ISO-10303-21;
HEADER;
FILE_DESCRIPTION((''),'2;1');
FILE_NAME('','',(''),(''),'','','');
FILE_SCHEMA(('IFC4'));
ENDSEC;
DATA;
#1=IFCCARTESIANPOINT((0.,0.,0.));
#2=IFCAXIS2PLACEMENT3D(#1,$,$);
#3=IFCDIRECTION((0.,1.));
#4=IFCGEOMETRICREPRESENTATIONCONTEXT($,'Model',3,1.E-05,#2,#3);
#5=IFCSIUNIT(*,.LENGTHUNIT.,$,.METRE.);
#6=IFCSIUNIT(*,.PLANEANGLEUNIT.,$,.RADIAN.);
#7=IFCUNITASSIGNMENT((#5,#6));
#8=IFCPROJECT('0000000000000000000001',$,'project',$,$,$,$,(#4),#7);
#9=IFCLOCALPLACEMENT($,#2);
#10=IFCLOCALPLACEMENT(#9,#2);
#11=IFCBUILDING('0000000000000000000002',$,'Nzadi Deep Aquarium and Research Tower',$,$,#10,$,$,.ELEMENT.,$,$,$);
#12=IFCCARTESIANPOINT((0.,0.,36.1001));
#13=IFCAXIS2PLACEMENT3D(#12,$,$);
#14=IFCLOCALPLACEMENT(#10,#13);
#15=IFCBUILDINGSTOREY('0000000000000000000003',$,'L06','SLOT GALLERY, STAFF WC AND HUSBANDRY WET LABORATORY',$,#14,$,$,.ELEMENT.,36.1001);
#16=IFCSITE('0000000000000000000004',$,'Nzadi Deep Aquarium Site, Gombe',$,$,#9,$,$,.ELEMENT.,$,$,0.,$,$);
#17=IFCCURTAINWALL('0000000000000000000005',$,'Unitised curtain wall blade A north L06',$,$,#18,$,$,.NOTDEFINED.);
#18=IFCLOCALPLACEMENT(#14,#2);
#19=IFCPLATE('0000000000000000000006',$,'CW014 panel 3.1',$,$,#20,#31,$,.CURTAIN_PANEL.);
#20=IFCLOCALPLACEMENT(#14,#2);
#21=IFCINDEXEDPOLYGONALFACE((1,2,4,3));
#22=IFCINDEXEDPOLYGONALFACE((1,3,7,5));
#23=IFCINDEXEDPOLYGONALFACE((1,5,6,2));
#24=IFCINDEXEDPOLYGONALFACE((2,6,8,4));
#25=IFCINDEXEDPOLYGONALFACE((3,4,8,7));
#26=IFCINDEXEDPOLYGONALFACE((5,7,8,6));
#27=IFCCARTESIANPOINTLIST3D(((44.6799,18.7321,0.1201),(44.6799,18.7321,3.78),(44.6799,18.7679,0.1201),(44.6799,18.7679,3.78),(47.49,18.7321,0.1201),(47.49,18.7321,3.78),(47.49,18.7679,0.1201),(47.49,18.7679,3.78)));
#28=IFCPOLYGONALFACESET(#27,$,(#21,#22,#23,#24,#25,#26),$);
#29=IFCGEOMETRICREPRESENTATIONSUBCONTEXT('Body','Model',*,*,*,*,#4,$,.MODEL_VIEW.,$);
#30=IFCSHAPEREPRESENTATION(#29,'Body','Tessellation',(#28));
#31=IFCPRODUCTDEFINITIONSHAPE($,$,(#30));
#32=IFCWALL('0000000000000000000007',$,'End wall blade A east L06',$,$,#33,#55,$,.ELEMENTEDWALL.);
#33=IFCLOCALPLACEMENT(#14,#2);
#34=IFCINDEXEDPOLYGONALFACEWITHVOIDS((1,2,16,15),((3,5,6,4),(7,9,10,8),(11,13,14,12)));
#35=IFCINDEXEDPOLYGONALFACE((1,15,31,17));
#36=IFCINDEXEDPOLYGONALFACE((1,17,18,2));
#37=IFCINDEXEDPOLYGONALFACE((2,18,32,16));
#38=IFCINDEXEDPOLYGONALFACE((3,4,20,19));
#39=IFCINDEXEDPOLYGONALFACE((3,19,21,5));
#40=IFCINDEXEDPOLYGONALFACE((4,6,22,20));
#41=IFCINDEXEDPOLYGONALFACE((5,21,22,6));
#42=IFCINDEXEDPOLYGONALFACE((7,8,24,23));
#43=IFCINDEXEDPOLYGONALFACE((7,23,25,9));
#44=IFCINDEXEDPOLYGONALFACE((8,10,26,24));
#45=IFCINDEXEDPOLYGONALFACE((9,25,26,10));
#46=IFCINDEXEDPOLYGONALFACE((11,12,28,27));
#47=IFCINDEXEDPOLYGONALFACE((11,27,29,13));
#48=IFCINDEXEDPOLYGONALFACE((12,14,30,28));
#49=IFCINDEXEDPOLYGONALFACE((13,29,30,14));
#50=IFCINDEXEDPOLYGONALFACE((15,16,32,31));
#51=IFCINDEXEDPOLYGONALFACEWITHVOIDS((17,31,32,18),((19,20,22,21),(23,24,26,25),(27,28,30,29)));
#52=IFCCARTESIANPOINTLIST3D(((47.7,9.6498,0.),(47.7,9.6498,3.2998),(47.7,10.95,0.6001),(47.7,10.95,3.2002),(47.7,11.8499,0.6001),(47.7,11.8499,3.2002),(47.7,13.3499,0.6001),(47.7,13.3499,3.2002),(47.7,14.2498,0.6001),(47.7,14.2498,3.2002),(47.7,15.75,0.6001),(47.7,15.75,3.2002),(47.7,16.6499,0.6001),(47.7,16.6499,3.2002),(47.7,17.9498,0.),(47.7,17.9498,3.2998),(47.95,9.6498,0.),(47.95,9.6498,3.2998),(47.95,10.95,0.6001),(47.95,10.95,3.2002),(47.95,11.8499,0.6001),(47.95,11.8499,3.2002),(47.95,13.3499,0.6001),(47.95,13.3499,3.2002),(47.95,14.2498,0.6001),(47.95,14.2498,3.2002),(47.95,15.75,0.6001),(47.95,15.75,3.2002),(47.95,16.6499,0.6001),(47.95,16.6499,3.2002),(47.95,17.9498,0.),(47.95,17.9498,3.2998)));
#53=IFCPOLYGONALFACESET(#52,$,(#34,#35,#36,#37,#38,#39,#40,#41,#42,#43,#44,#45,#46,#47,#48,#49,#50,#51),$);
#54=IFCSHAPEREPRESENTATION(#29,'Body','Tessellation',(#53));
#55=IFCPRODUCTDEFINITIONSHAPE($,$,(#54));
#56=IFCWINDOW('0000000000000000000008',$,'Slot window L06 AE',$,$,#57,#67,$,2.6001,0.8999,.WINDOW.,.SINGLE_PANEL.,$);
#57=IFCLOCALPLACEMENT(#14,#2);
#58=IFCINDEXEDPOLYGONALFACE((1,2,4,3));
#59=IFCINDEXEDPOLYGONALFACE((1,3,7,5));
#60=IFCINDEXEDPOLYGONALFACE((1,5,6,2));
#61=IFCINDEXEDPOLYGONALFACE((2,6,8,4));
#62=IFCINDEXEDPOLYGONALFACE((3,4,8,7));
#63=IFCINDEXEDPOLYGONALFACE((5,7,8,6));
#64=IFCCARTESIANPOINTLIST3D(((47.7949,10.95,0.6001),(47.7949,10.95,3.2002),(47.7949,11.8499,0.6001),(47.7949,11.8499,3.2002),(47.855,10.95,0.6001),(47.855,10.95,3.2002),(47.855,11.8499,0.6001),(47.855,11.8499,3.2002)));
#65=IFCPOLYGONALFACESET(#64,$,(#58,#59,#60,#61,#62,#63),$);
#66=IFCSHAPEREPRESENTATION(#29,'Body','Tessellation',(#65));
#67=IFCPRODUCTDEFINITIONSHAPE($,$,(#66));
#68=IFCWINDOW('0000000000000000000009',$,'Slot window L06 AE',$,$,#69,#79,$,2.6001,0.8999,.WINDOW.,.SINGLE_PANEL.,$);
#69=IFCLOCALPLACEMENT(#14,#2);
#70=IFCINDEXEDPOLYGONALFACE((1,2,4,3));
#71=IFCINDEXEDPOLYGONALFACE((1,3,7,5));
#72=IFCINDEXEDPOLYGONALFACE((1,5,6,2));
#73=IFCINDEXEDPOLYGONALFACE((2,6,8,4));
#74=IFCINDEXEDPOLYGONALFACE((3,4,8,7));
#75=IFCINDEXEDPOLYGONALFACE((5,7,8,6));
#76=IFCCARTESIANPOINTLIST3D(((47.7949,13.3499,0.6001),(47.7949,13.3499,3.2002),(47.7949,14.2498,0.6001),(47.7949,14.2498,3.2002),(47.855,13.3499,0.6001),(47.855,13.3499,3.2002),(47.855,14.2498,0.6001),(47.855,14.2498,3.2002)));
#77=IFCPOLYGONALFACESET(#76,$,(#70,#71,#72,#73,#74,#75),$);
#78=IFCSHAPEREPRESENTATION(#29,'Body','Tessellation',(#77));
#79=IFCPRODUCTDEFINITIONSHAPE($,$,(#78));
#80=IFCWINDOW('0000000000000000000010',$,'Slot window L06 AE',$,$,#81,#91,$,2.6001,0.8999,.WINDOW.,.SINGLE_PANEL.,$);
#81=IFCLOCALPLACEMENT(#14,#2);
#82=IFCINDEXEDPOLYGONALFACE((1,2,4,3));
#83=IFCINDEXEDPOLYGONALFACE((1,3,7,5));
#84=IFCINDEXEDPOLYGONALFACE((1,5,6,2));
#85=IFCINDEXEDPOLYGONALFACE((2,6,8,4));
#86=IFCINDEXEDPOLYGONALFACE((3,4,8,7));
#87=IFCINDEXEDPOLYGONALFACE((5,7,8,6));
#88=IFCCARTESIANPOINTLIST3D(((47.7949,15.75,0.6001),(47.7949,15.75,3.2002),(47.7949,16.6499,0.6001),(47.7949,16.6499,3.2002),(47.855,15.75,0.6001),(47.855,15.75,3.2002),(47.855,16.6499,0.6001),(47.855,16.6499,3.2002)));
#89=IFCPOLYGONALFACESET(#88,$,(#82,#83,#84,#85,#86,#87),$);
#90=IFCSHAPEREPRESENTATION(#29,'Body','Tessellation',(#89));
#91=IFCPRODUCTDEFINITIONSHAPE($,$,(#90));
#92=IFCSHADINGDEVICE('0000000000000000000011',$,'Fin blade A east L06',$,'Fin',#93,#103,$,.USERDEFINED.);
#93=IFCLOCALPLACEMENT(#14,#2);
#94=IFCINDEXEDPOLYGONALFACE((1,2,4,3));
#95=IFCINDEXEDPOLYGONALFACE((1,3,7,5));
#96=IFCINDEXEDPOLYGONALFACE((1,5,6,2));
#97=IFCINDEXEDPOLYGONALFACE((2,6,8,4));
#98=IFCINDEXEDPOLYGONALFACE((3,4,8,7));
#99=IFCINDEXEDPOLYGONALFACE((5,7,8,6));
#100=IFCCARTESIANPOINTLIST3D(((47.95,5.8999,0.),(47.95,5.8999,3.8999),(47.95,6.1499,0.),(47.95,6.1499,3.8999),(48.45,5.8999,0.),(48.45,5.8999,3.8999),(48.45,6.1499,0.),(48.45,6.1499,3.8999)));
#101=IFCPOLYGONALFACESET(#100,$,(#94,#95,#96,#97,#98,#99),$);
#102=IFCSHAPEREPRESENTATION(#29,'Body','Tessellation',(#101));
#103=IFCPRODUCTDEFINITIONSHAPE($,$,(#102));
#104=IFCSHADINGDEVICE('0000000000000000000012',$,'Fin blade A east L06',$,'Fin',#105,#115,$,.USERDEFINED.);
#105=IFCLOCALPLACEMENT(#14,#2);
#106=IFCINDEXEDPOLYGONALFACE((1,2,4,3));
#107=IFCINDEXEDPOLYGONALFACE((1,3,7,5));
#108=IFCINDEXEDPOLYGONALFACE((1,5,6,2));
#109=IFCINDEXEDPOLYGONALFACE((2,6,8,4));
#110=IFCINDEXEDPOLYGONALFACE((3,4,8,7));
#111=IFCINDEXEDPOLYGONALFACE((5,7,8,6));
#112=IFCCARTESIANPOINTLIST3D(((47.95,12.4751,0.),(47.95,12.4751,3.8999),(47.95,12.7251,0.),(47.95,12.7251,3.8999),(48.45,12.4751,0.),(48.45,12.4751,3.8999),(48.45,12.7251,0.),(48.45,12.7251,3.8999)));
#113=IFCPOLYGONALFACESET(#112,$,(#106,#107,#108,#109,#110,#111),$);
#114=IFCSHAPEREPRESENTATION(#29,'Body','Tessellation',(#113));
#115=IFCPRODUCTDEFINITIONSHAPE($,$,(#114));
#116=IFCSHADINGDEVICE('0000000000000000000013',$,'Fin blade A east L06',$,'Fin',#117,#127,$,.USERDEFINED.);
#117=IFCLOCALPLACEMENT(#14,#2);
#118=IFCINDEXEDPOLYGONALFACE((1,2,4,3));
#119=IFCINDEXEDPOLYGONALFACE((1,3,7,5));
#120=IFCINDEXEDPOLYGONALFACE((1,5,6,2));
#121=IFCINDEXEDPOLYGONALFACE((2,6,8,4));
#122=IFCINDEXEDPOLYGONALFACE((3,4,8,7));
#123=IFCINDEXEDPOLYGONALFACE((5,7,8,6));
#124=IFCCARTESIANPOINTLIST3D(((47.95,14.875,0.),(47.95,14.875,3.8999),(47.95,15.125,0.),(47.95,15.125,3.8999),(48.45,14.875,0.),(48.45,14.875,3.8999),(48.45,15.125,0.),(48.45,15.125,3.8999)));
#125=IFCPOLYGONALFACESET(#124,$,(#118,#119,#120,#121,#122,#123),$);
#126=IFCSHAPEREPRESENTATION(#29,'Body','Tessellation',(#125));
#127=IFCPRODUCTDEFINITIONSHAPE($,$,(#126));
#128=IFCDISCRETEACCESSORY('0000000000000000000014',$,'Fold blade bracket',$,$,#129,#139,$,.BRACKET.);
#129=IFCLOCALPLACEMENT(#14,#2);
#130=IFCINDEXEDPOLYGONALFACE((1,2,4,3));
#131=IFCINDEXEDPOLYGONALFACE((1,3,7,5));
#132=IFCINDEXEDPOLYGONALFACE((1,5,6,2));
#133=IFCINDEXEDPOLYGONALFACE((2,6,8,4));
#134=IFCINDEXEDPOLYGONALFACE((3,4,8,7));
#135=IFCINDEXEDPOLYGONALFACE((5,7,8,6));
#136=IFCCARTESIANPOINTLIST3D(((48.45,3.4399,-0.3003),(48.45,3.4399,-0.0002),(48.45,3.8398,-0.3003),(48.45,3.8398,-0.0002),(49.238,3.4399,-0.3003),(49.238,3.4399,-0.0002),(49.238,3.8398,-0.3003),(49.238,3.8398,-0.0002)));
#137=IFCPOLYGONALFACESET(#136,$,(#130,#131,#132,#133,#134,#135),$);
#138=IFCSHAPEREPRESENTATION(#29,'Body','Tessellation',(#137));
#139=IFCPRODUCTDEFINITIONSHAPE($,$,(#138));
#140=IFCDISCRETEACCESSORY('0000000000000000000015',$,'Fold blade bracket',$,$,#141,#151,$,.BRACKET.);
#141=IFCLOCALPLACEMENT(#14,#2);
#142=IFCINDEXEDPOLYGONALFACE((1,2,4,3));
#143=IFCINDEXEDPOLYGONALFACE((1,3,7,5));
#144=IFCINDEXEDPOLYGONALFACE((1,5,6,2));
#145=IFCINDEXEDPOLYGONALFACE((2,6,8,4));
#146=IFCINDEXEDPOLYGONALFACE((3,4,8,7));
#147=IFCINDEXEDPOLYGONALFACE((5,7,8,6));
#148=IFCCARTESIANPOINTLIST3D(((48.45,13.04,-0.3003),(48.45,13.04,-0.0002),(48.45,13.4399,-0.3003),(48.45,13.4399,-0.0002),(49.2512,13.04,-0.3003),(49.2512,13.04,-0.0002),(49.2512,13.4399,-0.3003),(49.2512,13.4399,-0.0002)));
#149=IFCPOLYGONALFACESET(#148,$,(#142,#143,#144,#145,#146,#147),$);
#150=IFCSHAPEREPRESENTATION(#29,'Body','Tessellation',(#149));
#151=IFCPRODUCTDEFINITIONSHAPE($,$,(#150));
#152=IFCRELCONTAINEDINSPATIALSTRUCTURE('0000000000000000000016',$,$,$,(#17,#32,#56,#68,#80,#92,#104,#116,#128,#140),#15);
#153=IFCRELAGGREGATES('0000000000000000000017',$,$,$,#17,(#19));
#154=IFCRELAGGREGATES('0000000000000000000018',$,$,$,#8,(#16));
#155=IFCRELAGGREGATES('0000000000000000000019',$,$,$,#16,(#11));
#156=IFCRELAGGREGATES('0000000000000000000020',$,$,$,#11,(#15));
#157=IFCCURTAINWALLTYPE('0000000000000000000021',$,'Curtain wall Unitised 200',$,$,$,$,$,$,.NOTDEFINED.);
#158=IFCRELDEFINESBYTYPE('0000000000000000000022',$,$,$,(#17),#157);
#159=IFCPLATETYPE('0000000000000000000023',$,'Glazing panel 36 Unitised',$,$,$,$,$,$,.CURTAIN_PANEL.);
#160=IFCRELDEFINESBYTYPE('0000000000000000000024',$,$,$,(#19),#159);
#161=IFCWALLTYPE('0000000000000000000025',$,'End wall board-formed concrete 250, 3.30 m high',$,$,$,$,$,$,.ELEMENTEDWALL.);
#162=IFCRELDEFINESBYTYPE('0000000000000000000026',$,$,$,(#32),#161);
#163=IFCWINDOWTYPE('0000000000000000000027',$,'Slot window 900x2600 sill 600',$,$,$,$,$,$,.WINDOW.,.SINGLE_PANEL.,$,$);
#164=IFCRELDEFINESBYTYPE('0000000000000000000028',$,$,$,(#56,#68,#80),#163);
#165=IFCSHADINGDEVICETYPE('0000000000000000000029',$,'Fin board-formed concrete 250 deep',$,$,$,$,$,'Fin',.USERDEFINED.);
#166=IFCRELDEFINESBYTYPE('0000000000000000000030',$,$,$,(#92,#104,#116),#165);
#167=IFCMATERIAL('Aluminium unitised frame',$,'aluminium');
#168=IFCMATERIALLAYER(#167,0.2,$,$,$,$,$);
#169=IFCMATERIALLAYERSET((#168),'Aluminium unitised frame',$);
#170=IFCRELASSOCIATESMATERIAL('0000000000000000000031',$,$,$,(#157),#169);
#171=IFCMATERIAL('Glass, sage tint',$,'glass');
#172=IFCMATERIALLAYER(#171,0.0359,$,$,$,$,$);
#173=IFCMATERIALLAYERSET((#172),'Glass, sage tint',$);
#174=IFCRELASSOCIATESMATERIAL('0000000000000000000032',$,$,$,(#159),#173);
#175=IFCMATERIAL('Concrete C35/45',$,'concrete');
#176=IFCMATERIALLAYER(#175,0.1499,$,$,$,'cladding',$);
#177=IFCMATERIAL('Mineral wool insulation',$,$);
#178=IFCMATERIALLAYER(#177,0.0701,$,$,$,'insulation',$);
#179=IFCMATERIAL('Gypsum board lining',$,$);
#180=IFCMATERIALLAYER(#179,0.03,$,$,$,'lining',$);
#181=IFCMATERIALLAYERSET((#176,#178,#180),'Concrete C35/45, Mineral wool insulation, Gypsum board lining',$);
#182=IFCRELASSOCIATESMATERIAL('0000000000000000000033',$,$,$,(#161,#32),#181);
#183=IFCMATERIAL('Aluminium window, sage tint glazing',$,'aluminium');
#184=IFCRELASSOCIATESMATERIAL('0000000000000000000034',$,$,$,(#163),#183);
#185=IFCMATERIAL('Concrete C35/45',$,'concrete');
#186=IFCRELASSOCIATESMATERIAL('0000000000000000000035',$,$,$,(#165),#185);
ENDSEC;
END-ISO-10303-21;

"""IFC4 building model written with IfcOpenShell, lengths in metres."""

from ifc_helpers import new_model, si_unit, direction, frame, frame_2d, origin, origin_2d, place, context, subcontext, project, spatial, rectangle, extrude, material, layer, layer_set, layer_usage, type_object, element, fill, aggregate, save


model = new_model("IFC4")

# Units and contexts
model_context = context("Model", 3, precision=1e-05, world=origin(), true_north=direction((0.0, 1.0)))
body_context = subcontext(model_context, "Body", "Model", "MODEL_VIEW")
ifc_project = project(units=[si_unit("LENGTHUNIT", "METRE"), si_unit("PLANEANGLEUNIT", "RADIAN")], contexts=[model_context])

# Site, building, storey
site_placement = place(None, origin())
site = spatial("IfcSite", under=ifc_project, at=site_placement, Name="Nzadi Deep Aquarium Site, Gombe", CompositionType="ELEMENT", RefElevation=0.0)
building_placement = place(site_placement, origin())
building = spatial("IfcBuilding", under=site, at=building_placement, Name="Nzadi Deep Aquarium and Research Tower", CompositionType="ELEMENT")
storey_placement = place(building_placement, frame((0.0, 0.0, 36.1001)))
storey = spatial("IfcBuildingStorey", under=building, at=storey_placement, Name="L06", Description="SLOT GALLERY, STAFF WC AND HUSBANDRY WET LABORATORY", CompositionType="ELEMENT", Elevation=36.1001)

# Shared definitions
ifc_material_1 = material(Name="Aluminium unitised frame", Category="aluminium")
ifc_layer_1 = layer(ifc_material_1, 0.2)
ifc_layer_set_1 = layer_set([ifc_layer_1], Name="Aluminium unitised frame")
curtain_wall_type = type_object("IfcCurtainWallType", Name="Curtain wall Unitised 200", PredefinedType="NOTDEFINED", material=ifc_layer_set_1)

# Curtain wall
curtain_wall_1_placement = place(storey_placement, origin())
curtain_wall_1 = element("IfcCurtainWall", 1, at=curtain_wall_1_placement, inside=storey, type_object=curtain_wall_type, Name="Unitised curtain wall blade A north L06", PredefinedType="NOTDEFINED")

# Plate
ifc_material_2 = material(Name="Glass, sage tint", Category="glass")
ifc_layer_2 = layer(ifc_material_2, 0.0359)
ifc_layer_set_2 = layer_set([ifc_layer_2], Name="Glass, sage tint")
plate_type_1 = type_object("IfcPlateType", Name="Glazing panel 36 Unitised", PredefinedType="CURTAIN_PANEL", material=ifc_layer_set_2)
plate_1_placement = place(storey_placement, frame((46.085, 18.75, 0.1201), z_axis=(0.0, 0.0, 1.0), x_axis=(1.0, 0.0, 0.0)))
plate_1 = element("IfcPlate", 2, at=plate_1_placement, type_object=plate_type_1, Name="CW014 panel 3.1", PredefinedType="CURTAIN_PANEL", context=body_context, shape_type="SweptSolid", body=[
    extrude(rectangle(XDim=2.8101, YDim=0.0359, at=origin_2d()), origin(), (0.0, 0.0, 1.0), 3.6599),
])
aggregate(curtain_wall_1, [plate_1])

# Wall, openings, windows
ifc_material_3 = material(Name="Concrete C35/45", Category="concrete")
ifc_layer_3 = layer(ifc_material_3, 0.1499, Category="cladding")
ifc_material_4 = material(Name="Mineral wool insulation")
ifc_layer_4 = layer(ifc_material_4, 0.0701, Category="insulation")
ifc_material_5 = material(Name="Gypsum board lining")
ifc_layer_5 = layer(ifc_material_5, 0.03, Category="lining")
ifc_layer_set_3 = layer_set([ifc_layer_3, ifc_layer_4, ifc_layer_5], Name="Concrete C35/45, Mineral wool insulation, Gypsum board lining")
ifc_layer_usage = layer_usage(ifc_layer_set_3, "AXIS2", "POSITIVE", -0.125)
wall_type = type_object("IfcWallType", Name="End wall board-formed concrete 250, 3.30 m high", PredefinedType="ELEMENTEDWALL", material=ifc_layer_set_3)
wall_placement = place(storey_placement, frame((47.825, 9.6499, 0.0), z_axis=(0.0, 0.0, 1.0), x_axis=(0.0, 1.0, 0.0)))
wall = element("IfcWall", 3, at=wall_placement, inside=storey, type_object=wall_type, material=ifc_layer_usage, Name="End wall blade A east L06", PredefinedType="ELEMENTEDWALL", context=body_context, shape_type="SweptSolid", body=[
    extrude(rectangle(XDim=8.3, YDim=0.25, at=frame_2d((4.1499, 0.0))), origin(), (0.0, 0.0, 1.0), 3.2998),
])
opening_1_placement = place(wall_placement, frame((1.3, 0.0, 0.6001)))
opening_1 = element("IfcOpeningElement", 4, at=opening_1_placement, cuts=wall, PredefinedType="OPENING", context=body_context, shape_type="SweptSolid", body=[
    extrude(rectangle(XDim=0.8999, YDim=2.6001, at=frame_2d((0.45, 1.3))), frame((0.0, 0.135, 0.0), z_axis=(0.0, -1.0, 0.0), x_axis=(1.0, 0.0, 0.0)), (0.0, 0.0, 1.0), 0.27),
])
opening_2_placement = place(wall_placement, frame((3.7, 0.0, 0.6001)))
opening_2 = element("IfcOpeningElement", 5, at=opening_2_placement, cuts=wall, PredefinedType="OPENING", context=body_context, shape_type="SweptSolid", body=[
    extrude(rectangle(XDim=0.8999, YDim=2.6001, at=frame_2d((0.45, 1.3))), frame((0.0, 0.135, 0.0), z_axis=(0.0, -1.0, 0.0), x_axis=(1.0, 0.0, 0.0)), (0.0, 0.0, 1.0), 0.27),
])
opening_3_placement = place(wall_placement, frame((6.1001, 0.0, 0.6001)))
opening_3 = element("IfcOpeningElement", 6, at=opening_3_placement, cuts=wall, PredefinedType="OPENING", context=body_context, shape_type="SweptSolid", body=[
    extrude(rectangle(XDim=0.8999, YDim=2.6001, at=frame_2d((0.45, 1.3))), frame((0.0, 0.135, 0.0), z_axis=(0.0, -1.0, 0.0), x_axis=(1.0, 0.0, 0.0)), (0.0, 0.0, 1.0), 0.27),
])
ifc_material_6 = material(Name="Aluminium window, sage tint glazing", Category="aluminium")
window_type = type_object("IfcWindowType", Name="Slot window 900x2600 sill 600", PartitioningType="SINGLE_PANEL", PredefinedType="WINDOW", material=ifc_material_6)
window_1_placement = place(opening_1_placement, origin())
window_1 = element("IfcWindow", 7, at=window_1_placement, inside=storey, type_object=window_type, Name="Slot window L06 AE", OverallHeight=2.6001, OverallWidth=0.8999, PartitioningType="SINGLE_PANEL", PredefinedType="WINDOW", context=body_context, shape_type="SweptSolid", body=[
    extrude(rectangle(XDim=0.8999, YDim=2.6001, at=frame_2d((0.45, 1.3))), frame((0.0, 0.03, 0.0), z_axis=(0.0, -1.0, 0.0), x_axis=(1.0, 0.0, 0.0)), (0.0, 0.0, 1.0), 0.0601),
])
fill(opening_1, window_1)
window_2_placement = place(opening_2_placement, origin())
window_2 = element("IfcWindow", 8, at=window_2_placement, inside=storey, type_object=window_type, Name="Slot window L06 AE", OverallHeight=2.6001, OverallWidth=0.8999, PartitioningType="SINGLE_PANEL", PredefinedType="WINDOW", context=body_context, shape_type="SweptSolid", body=[
    extrude(rectangle(XDim=0.8999, YDim=2.6001, at=frame_2d((0.45, 1.3))), frame((0.0, 0.03, 0.0), z_axis=(0.0, -1.0, 0.0), x_axis=(1.0, 0.0, 0.0)), (0.0, 0.0, 1.0), 0.0601),
])
fill(opening_2, window_2)
window_3_placement = place(opening_3_placement, origin())
window_3 = element("IfcWindow", 9, at=window_3_placement, inside=storey, type_object=window_type, Name="Slot window L06 AE", OverallHeight=2.6001, OverallWidth=0.8999, PartitioningType="SINGLE_PANEL", PredefinedType="WINDOW", context=body_context, shape_type="SweptSolid", body=[
    extrude(rectangle(XDim=0.8999, YDim=2.6001, at=frame_2d((0.45, 1.3))), frame((0.0, 0.03, 0.0), z_axis=(0.0, -1.0, 0.0), x_axis=(1.0, 0.0, 0.0)), (0.0, 0.0, 1.0), 0.0601),
])
fill(opening_3, window_3)

# Shading devices
ifc_material_7 = material(Name="Concrete C35/45", Category="concrete")
shading_device_type = type_object("IfcShadingDeviceType", Name="Fin board-formed concrete 250 deep", ElementType="Fin", PredefinedType="USERDEFINED", material=ifc_material_7)
for number, where, z_axis, x_axis, name in (
    (10, (48.2, 6.0249, 0.0), (0.0, 0.0, 1.0), (1.0, 0.0, 0.0), "Fin blade A east L06"),
    (11, (48.2, 12.6001, 0.0), (0.0, 0.0, 1.0), (1.0, 0.0, 0.0), "Fin blade A east L06"),
    (12, (48.2, 15.0, 0.0), (0.0, 0.0, 1.0), (1.0, 0.0, 0.0), "Fin blade A east L06"),
):
    element("IfcShadingDevice", number, at=place(storey_placement, frame(where, z_axis=z_axis, x_axis=x_axis)), inside=storey, type_object=shading_device_type, Name=name, ObjectType="Fin", PredefinedType="USERDEFINED", context=body_context, shape_type="SweptSolid", body=[
        extrude(rectangle(XDim=0.5, YDim=0.25, at=origin_2d()), origin(), (0.0, 0.0, 1.0), 3.8999),
    ])

# Discrete accessories
discrete_accessory_1_placement = place(storey_placement, frame((48.844, 3.6399, -0.3003), z_axis=(0.0, 0.0, 1.0), x_axis=(1.0, 0.0, 0.0)))
element("IfcDiscreteAccessory", 13, at=discrete_accessory_1_placement, inside=storey, Name="Fold blade bracket", PredefinedType="BRACKET", context=body_context, shape_type="SweptSolid", body=[
    extrude(rectangle(XDim=0.7881, YDim=0.3999, at=origin_2d()), origin(), (0.0, 0.0, 1.0), 0.3),
])
discrete_accessory_2_placement = place(storey_placement, frame((48.8506, 13.24, -0.3003), z_axis=(0.0, 0.0, 1.0), x_axis=(1.0, 0.0, 0.0)))
element("IfcDiscreteAccessory", 14, at=discrete_accessory_2_placement, inside=storey, Name="Fold blade bracket", PredefinedType="BRACKET", context=body_context, shape_type="SweptSolid", body=[
    extrude(rectangle(XDim=0.8013, YDim=0.3999, at=origin_2d()), origin(), (0.0, 0.0, 1.0), 0.3),
])

save(model, "model.ifc")
